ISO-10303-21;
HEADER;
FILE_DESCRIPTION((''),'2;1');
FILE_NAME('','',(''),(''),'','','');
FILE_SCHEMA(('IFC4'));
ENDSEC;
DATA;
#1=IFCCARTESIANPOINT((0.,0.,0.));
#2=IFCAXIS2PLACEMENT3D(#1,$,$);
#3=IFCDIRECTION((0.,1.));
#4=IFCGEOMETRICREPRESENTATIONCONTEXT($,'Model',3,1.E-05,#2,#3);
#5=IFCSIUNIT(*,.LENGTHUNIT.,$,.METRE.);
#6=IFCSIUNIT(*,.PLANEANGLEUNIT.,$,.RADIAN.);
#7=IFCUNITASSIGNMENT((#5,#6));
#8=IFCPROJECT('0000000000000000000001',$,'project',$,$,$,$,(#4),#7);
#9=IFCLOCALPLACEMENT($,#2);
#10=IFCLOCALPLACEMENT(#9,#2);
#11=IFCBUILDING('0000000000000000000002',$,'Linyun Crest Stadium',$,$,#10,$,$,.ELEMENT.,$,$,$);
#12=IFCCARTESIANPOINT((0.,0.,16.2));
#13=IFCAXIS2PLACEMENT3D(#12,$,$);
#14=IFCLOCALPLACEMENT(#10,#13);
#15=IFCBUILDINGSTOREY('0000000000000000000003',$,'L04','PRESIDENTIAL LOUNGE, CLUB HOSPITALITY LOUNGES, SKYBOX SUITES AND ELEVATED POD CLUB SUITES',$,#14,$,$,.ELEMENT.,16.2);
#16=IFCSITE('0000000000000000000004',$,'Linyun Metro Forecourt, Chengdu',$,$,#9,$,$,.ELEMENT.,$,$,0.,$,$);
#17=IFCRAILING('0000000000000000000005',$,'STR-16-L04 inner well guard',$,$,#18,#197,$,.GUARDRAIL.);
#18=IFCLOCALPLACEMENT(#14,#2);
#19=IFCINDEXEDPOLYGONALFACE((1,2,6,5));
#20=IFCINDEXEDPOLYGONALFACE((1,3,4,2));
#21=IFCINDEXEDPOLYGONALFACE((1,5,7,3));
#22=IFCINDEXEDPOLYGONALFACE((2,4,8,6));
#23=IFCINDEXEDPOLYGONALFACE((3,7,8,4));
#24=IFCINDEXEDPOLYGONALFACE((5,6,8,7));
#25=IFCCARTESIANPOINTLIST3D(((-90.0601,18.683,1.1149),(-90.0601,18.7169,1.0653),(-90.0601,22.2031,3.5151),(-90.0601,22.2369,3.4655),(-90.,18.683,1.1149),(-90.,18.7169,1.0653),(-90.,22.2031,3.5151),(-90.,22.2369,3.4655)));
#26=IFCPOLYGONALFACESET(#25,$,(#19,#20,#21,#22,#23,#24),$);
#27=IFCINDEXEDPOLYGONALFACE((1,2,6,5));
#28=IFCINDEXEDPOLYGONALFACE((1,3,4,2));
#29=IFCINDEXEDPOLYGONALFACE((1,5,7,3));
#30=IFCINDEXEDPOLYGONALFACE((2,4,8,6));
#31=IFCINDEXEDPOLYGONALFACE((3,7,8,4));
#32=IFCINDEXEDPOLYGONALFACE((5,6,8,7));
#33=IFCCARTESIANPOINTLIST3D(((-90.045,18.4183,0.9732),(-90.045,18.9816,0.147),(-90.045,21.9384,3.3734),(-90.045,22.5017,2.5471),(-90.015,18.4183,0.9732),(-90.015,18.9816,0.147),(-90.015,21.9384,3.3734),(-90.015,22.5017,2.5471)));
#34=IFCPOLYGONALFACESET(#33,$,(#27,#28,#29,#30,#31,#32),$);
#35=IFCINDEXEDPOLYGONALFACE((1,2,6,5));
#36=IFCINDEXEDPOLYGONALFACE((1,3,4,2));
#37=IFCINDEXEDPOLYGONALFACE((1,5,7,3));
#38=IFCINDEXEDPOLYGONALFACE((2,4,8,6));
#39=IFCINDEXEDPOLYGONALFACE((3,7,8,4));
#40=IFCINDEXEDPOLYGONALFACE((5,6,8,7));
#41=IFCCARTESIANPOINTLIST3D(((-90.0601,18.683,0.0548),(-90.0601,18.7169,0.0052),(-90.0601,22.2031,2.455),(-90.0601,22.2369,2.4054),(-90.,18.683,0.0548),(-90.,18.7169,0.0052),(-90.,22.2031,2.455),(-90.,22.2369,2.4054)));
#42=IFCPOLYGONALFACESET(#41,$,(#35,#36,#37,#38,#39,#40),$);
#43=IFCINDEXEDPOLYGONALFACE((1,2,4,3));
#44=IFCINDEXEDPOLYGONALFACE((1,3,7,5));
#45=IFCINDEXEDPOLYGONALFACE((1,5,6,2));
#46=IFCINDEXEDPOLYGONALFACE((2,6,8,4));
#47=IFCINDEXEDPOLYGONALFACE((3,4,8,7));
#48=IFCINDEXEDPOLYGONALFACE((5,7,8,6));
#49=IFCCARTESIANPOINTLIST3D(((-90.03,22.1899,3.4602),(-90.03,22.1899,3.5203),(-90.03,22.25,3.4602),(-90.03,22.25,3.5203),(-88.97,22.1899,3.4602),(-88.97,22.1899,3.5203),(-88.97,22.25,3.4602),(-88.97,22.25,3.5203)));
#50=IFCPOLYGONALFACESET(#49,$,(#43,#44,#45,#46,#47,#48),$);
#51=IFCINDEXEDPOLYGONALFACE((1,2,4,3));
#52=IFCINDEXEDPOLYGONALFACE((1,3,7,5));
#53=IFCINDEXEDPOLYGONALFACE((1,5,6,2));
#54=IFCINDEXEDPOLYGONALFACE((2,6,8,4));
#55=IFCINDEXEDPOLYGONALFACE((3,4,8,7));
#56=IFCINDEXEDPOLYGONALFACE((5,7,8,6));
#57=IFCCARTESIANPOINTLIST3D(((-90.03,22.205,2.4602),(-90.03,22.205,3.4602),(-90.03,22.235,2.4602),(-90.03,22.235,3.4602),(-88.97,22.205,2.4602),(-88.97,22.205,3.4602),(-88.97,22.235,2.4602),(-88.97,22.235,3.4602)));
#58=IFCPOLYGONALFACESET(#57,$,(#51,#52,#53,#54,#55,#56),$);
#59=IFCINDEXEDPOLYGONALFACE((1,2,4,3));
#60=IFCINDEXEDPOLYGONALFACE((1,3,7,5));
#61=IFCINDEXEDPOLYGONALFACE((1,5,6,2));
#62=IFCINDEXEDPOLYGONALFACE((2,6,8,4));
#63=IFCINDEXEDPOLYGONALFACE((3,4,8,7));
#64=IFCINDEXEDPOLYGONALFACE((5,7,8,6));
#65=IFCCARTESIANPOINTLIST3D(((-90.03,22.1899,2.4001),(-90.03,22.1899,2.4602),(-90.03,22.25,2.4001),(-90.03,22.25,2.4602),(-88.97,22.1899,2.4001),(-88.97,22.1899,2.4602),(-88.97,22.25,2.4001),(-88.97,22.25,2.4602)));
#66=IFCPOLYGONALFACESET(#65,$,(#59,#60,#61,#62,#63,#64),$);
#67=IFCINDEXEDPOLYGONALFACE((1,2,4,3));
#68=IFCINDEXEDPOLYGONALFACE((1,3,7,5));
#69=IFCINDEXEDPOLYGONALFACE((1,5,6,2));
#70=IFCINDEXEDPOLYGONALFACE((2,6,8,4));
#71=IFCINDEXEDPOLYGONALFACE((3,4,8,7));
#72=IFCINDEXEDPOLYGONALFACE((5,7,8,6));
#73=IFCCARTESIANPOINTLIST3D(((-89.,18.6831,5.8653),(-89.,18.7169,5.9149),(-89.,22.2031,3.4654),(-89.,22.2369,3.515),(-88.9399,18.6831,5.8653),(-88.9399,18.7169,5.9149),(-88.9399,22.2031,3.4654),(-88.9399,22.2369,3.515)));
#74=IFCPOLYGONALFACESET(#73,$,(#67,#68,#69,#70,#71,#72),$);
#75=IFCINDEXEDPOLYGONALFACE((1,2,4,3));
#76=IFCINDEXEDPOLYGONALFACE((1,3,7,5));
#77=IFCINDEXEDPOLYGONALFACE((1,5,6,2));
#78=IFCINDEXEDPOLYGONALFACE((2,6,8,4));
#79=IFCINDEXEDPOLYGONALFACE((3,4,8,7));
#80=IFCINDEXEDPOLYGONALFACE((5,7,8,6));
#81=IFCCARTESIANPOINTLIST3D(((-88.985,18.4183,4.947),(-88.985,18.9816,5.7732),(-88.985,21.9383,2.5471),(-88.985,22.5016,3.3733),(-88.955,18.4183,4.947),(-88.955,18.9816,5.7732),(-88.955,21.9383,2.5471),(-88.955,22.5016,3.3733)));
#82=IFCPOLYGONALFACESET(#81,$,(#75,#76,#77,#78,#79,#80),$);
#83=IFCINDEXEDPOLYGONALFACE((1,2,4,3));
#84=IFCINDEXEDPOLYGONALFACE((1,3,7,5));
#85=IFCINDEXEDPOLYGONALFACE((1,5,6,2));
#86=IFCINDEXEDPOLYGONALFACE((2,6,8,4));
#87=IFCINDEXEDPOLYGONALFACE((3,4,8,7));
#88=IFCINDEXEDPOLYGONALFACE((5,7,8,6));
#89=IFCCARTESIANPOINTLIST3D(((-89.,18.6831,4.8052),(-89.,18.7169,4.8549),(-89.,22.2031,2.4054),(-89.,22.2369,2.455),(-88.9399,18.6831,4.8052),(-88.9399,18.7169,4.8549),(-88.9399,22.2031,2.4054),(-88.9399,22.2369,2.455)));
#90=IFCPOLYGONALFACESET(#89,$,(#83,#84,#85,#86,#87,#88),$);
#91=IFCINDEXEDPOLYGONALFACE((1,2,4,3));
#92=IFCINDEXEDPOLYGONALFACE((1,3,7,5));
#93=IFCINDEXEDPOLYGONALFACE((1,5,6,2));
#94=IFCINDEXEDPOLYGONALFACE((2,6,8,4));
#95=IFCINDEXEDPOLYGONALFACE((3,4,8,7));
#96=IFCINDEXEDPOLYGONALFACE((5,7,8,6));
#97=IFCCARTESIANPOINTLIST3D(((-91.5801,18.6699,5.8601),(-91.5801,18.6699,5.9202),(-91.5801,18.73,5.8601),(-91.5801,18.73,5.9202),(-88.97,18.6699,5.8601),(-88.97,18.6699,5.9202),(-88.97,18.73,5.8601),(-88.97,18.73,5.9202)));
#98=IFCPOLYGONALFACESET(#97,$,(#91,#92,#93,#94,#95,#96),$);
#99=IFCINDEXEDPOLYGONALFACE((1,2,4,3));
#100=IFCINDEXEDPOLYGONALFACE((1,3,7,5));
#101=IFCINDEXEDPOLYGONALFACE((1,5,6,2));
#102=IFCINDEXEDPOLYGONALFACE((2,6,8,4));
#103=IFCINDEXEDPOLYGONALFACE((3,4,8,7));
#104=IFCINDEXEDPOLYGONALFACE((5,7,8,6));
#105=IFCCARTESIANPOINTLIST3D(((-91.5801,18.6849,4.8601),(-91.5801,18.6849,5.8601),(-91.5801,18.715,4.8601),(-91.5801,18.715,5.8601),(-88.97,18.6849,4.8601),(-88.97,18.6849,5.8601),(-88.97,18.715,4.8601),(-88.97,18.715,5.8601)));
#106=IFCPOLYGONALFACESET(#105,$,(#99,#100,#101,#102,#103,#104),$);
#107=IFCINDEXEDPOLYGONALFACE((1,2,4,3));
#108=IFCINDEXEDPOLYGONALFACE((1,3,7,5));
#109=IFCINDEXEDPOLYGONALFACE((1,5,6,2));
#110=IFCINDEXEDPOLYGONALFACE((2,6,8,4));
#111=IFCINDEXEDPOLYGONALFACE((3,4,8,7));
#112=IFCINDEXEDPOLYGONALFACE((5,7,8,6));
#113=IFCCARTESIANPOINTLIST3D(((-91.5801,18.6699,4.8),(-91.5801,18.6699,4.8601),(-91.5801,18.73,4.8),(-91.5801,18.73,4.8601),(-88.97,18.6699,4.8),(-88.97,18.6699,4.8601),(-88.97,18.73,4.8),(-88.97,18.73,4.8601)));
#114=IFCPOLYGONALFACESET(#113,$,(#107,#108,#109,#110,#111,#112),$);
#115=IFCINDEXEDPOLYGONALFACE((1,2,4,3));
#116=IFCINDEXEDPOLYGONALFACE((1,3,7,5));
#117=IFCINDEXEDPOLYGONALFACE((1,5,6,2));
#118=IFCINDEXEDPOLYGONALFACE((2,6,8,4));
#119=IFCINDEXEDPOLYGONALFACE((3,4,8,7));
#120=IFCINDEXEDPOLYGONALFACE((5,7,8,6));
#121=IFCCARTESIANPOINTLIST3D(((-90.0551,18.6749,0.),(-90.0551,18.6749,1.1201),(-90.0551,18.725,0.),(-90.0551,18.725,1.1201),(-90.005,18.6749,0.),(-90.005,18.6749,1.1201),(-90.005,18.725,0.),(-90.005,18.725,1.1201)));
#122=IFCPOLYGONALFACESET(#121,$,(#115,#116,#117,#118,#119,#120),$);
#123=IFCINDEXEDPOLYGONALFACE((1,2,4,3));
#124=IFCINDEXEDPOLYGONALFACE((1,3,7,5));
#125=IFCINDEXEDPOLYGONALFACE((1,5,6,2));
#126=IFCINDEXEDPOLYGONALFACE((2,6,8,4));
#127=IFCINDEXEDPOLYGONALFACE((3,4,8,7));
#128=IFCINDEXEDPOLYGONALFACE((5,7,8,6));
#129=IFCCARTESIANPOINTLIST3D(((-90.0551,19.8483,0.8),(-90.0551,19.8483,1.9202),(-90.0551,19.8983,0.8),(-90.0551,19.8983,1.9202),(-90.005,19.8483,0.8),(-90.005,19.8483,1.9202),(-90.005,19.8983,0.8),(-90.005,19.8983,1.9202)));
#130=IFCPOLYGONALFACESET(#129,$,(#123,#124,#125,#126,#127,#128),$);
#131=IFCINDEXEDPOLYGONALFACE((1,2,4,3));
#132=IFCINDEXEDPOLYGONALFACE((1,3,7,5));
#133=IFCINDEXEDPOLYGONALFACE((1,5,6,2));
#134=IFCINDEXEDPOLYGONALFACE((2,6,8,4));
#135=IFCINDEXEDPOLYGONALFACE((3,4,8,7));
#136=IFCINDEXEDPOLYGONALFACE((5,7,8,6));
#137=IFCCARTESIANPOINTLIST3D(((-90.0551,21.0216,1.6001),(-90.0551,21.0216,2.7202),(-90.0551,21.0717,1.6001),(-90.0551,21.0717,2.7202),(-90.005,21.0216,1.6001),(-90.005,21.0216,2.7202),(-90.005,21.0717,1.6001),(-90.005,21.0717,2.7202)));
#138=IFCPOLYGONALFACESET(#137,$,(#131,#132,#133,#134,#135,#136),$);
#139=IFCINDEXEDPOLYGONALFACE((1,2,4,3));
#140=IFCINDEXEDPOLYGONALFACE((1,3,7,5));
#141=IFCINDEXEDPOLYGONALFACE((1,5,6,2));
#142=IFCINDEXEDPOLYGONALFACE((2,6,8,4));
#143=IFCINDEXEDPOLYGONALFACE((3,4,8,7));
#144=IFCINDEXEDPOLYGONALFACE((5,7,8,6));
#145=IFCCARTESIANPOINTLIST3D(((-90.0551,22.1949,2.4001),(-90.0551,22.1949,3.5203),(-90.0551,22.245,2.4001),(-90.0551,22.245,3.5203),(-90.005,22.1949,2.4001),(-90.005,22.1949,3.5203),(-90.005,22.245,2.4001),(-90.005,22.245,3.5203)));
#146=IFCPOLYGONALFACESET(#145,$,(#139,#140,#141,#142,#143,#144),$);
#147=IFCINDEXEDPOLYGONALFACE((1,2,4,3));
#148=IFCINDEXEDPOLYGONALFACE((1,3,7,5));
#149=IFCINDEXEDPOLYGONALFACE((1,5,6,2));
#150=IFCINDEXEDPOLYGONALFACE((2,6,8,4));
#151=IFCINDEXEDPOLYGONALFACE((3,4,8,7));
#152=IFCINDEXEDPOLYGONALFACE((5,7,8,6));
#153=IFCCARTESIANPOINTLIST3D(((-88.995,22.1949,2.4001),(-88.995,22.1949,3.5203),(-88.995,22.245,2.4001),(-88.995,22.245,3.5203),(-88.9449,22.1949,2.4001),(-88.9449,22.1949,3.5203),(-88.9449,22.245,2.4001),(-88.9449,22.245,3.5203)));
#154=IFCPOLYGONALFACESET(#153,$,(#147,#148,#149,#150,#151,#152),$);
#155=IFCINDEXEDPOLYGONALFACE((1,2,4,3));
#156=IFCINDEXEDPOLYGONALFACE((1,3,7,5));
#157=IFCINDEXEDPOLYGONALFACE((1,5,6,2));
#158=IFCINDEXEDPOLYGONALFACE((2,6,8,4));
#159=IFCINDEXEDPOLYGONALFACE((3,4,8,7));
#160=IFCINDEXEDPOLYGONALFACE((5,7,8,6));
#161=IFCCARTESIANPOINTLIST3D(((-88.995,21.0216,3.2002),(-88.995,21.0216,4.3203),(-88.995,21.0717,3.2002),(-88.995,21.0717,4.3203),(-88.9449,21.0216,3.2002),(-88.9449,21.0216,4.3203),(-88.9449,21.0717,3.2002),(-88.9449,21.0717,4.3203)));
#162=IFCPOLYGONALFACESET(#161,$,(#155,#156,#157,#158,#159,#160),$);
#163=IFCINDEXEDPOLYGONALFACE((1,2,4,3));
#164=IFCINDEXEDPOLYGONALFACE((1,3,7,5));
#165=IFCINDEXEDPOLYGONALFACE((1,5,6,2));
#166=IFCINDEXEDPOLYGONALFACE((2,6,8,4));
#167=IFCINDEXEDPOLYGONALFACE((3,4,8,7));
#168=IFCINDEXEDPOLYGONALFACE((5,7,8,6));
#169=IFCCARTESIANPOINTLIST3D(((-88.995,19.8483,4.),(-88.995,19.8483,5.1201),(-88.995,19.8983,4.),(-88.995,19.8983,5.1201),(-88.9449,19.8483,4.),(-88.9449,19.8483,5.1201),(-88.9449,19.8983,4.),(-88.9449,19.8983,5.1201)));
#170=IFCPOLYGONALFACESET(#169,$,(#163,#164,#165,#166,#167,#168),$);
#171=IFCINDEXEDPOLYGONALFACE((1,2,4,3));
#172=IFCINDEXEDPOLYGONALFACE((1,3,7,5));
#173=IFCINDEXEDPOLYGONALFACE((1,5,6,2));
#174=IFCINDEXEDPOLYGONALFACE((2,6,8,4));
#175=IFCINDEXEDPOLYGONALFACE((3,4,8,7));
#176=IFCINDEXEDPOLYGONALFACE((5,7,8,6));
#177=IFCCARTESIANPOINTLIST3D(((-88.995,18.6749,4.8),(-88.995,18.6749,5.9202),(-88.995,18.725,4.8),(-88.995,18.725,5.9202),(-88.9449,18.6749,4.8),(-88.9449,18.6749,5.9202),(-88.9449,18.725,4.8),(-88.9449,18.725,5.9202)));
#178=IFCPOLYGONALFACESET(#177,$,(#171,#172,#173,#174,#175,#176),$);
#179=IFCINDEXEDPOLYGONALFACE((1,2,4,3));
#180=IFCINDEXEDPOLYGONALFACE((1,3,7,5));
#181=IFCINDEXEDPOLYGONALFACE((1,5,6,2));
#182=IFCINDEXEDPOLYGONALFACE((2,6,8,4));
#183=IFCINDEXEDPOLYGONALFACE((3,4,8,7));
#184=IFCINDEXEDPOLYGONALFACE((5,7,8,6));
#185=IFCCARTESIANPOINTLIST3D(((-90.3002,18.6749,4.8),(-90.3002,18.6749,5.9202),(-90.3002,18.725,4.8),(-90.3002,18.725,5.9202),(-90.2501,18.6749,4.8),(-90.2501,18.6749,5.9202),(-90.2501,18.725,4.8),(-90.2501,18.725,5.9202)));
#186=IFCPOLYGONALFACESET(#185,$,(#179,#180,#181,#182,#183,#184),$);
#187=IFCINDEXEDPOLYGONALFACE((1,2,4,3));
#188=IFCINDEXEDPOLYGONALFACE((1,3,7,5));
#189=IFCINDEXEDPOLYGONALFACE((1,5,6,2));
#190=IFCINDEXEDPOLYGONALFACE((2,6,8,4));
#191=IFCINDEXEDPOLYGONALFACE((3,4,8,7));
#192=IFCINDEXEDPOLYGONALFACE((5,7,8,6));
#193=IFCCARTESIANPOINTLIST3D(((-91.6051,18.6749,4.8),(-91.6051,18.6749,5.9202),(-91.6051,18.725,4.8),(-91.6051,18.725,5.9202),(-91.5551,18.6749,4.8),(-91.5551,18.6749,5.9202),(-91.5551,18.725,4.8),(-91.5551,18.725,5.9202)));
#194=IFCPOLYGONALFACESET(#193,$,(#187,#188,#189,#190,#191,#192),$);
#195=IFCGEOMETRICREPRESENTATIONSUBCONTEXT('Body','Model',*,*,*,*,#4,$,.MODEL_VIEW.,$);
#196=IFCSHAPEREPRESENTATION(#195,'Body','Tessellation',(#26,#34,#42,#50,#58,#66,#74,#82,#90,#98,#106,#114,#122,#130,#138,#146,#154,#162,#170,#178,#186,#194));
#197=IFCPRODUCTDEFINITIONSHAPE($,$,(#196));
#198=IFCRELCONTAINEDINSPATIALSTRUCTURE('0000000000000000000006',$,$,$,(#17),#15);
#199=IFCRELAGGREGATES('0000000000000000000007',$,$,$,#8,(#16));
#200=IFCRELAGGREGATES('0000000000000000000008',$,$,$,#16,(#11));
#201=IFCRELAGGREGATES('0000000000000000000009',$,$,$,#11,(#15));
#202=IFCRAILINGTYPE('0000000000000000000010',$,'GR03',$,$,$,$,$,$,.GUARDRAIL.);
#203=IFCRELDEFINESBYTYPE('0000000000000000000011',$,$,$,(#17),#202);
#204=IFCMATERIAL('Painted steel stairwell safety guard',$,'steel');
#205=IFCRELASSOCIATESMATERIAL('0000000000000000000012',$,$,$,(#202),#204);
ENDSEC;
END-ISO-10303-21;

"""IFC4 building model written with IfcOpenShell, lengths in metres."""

from ifc_helpers import new_model, si_unit, direction, frame, origin, origin_2d, place, context, subcontext, project, spatial, rectangle, extrude, material, type_object, element, save


model = new_model("IFC4")

# Units and contexts
model_context = context("Model", 3, precision=1e-05, world=origin(), true_north=direction((0.0, 1.0)))
body_context = subcontext(model_context, "Body", "Model", "MODEL_VIEW")
ifc_project = project(units=[si_unit("LENGTHUNIT", "METRE"), si_unit("PLANEANGLEUNIT", "RADIAN")], contexts=[model_context])

# Site, building, storey
site_placement = place(None, origin())
site = spatial("IfcSite", under=ifc_project, at=site_placement, Name="Linyun Metro Forecourt, Chengdu", CompositionType="ELEMENT", RefElevation=0.0)
building_placement = place(site_placement, origin())
building = spatial("IfcBuilding", under=site, at=building_placement, Name="Linyun Crest Stadium", CompositionType="ELEMENT")
storey_placement = place(building_placement, frame((0.0, 0.0, 16.2)))
storey = spatial("IfcBuildingStorey", under=building, at=storey_placement, Name="L04", Description="PRESIDENTIAL LOUNGE, CLUB HOSPITALITY LOUNGES, SKYBOX SUITES AND ELEVATED POD CLUB SUITES", CompositionType="ELEMENT", Elevation=16.2)

# Railing
ifc_material_1 = material(Name="Painted steel stairwell safety guard", Category="steel")
railing_type_1 = type_object("IfcRailingType", Name="GR03", PredefinedType="GUARDRAIL", material=ifc_material_1)
railing_1_placement = place(storey_placement, frame((-90.03, 18.7, 0.0)))
element("IfcRailing", 1, at=railing_1_placement, inside=storey, type_object=railing_type_1, Name="STR-16-L04 inner well guard", PredefinedType="GUARDRAIL", context=body_context, shape_type="SweptSolid", body=[
    extrude(rectangle(XDim=0.0601, YDim=0.0601, at=origin_2d()), frame((0.0, 0.0, 1.0901), z_axis=(0.0, 0.826213, 0.563358), x_axis=(-1.0, 0.0, 0.0)), (0.0, 0.0, 1.0), 4.2605),
    extrude(rectangle(XDim=0.03, YDim=1.0, at=origin_2d()), frame((0.0, 0.0, 0.5601), z_axis=(0.0, 0.826213, 0.563358), x_axis=(-1.0, 0.0, 0.0)), (0.0, 0.0, 1.0), 4.2605),
    extrude(rectangle(XDim=0.0601, YDim=0.0601, at=origin_2d()), frame((0.0, 0.0, 0.03), z_axis=(0.0, 0.826213, 0.563358), x_axis=(-1.0, 0.0, 0.0)), (0.0, 0.0, 1.0), 4.2605),
    extrude(rectangle(XDim=0.0601, YDim=0.0601, at=origin_2d()), frame((0.0, 3.52, 3.4902), z_axis=(1.0, 0.0, 0.0), x_axis=(0.0, 1.0, 0.0)), (0.0, 0.0, 1.0), 1.0601),
    extrude(rectangle(XDim=0.03, YDim=1.0, at=origin_2d()), frame((0.0, 3.52, 2.9602), z_axis=(1.0, 0.0, 0.0), x_axis=(0.0, 1.0, 0.0)), (0.0, 0.0, 1.0), 1.0601),
    extrude(rectangle(XDim=0.0601, YDim=0.0601, at=origin_2d()), frame((0.0, 3.52, 2.4302), z_axis=(1.0, 0.0, 0.0), x_axis=(0.0, 1.0, 0.0)), (0.0, 0.0, 1.0), 1.0601),
    extrude(rectangle(XDim=0.0601, YDim=0.0601, at=origin_2d()), frame((1.0601, 3.52, 3.4902), z_axis=(0.0, -0.826239, 0.563319), x_axis=(1.0, 0.0, 0.0)), (0.0, 0.0, 1.0), 4.2603),
    extrude(rectangle(XDim=0.03, YDim=1.0, at=origin_2d()), frame((1.0601, 3.52, 2.9602), z_axis=(0.0, -0.826239, 0.563319), x_axis=(1.0, 0.0, 0.0)), (0.0, 0.0, 1.0), 4.2603),
    extrude(rectangle(XDim=0.0601, YDim=0.0601, at=origin_2d()), frame((1.0601, 3.52, 2.4302), z_axis=(0.0, -0.826239, 0.563319), x_axis=(1.0, 0.0, 0.0)), (0.0, 0.0, 1.0), 4.2603),
    extrude(rectangle(XDim=0.0601, YDim=0.0601, at=origin_2d()), frame((1.0601, 0.0, 5.8901), z_axis=(-1.0, 0.0, 0.0), x_axis=(0.0, -1.0, 0.0)), (0.0, 0.0, 1.0), 2.6101),
    extrude(rectangle(XDim=0.03, YDim=1.0, at=origin_2d()), frame((1.0601, 0.0, 5.3601), z_axis=(-1.0, 0.0, 0.0), x_axis=(0.0, -1.0, 0.0)), (0.0, 0.0, 1.0), 2.6101),
    extrude(rectangle(XDim=0.0601, YDim=0.0601, at=origin_2d()), frame((1.0601, 0.0, 4.8301), z_axis=(-1.0, 0.0, 0.0), x_axis=(0.0, -1.0, 0.0)), (0.0, 0.0, 1.0), 2.6101),
    extrude(rectangle(XDim=0.05, YDim=0.05, at=origin_2d()), origin(), (0.0, 0.0, 1.0), 1.1201),
    extrude(rectangle(XDim=0.05, YDim=0.05, at=origin_2d()), frame((0.0, 1.1733, 0.8)), (0.0, 0.0, 1.0), 1.1201),
    extrude(rectangle(XDim=0.05, YDim=0.05, at=origin_2d()), frame((0.0, 2.3467, 1.6001)), (0.0, 0.0, 1.0), 1.1201),
    extrude(rectangle(XDim=0.05, YDim=0.05, at=origin_2d()), frame((0.0, 3.52, 2.4001)), (0.0, 0.0, 1.0), 1.1201),
    extrude(rectangle(XDim=0.05, YDim=0.05, at=origin_2d()), frame((1.0601, 3.52, 2.4001)), (0.0, 0.0, 1.0), 1.1201),
    extrude(rectangle(XDim=0.05, YDim=0.05, at=origin_2d()), frame((1.0601, 2.3467, 3.2002)), (0.0, 0.0, 1.0), 1.1201),
    extrude(rectangle(XDim=0.05, YDim=0.05, at=origin_2d()), frame((1.0601, 1.1733, 4.0)), (0.0, 0.0, 1.0), 1.1201),
    extrude(rectangle(XDim=0.05, YDim=0.05, at=origin_2d()), frame((1.0601, 0.0, 4.8)), (0.0, 0.0, 1.0), 1.1201),
    extrude(rectangle(XDim=0.05, YDim=0.05, at=origin_2d()), frame((-0.2451, 0.0, 4.8)), (0.0, 0.0, 1.0), 1.1201),
    extrude(rectangle(XDim=0.05, YDim=0.05, at=origin_2d()), frame((-1.55, 0.0, 4.8)), (0.0, 0.0, 1.0), 1.1201),
])

save(model, "model.ifc")
